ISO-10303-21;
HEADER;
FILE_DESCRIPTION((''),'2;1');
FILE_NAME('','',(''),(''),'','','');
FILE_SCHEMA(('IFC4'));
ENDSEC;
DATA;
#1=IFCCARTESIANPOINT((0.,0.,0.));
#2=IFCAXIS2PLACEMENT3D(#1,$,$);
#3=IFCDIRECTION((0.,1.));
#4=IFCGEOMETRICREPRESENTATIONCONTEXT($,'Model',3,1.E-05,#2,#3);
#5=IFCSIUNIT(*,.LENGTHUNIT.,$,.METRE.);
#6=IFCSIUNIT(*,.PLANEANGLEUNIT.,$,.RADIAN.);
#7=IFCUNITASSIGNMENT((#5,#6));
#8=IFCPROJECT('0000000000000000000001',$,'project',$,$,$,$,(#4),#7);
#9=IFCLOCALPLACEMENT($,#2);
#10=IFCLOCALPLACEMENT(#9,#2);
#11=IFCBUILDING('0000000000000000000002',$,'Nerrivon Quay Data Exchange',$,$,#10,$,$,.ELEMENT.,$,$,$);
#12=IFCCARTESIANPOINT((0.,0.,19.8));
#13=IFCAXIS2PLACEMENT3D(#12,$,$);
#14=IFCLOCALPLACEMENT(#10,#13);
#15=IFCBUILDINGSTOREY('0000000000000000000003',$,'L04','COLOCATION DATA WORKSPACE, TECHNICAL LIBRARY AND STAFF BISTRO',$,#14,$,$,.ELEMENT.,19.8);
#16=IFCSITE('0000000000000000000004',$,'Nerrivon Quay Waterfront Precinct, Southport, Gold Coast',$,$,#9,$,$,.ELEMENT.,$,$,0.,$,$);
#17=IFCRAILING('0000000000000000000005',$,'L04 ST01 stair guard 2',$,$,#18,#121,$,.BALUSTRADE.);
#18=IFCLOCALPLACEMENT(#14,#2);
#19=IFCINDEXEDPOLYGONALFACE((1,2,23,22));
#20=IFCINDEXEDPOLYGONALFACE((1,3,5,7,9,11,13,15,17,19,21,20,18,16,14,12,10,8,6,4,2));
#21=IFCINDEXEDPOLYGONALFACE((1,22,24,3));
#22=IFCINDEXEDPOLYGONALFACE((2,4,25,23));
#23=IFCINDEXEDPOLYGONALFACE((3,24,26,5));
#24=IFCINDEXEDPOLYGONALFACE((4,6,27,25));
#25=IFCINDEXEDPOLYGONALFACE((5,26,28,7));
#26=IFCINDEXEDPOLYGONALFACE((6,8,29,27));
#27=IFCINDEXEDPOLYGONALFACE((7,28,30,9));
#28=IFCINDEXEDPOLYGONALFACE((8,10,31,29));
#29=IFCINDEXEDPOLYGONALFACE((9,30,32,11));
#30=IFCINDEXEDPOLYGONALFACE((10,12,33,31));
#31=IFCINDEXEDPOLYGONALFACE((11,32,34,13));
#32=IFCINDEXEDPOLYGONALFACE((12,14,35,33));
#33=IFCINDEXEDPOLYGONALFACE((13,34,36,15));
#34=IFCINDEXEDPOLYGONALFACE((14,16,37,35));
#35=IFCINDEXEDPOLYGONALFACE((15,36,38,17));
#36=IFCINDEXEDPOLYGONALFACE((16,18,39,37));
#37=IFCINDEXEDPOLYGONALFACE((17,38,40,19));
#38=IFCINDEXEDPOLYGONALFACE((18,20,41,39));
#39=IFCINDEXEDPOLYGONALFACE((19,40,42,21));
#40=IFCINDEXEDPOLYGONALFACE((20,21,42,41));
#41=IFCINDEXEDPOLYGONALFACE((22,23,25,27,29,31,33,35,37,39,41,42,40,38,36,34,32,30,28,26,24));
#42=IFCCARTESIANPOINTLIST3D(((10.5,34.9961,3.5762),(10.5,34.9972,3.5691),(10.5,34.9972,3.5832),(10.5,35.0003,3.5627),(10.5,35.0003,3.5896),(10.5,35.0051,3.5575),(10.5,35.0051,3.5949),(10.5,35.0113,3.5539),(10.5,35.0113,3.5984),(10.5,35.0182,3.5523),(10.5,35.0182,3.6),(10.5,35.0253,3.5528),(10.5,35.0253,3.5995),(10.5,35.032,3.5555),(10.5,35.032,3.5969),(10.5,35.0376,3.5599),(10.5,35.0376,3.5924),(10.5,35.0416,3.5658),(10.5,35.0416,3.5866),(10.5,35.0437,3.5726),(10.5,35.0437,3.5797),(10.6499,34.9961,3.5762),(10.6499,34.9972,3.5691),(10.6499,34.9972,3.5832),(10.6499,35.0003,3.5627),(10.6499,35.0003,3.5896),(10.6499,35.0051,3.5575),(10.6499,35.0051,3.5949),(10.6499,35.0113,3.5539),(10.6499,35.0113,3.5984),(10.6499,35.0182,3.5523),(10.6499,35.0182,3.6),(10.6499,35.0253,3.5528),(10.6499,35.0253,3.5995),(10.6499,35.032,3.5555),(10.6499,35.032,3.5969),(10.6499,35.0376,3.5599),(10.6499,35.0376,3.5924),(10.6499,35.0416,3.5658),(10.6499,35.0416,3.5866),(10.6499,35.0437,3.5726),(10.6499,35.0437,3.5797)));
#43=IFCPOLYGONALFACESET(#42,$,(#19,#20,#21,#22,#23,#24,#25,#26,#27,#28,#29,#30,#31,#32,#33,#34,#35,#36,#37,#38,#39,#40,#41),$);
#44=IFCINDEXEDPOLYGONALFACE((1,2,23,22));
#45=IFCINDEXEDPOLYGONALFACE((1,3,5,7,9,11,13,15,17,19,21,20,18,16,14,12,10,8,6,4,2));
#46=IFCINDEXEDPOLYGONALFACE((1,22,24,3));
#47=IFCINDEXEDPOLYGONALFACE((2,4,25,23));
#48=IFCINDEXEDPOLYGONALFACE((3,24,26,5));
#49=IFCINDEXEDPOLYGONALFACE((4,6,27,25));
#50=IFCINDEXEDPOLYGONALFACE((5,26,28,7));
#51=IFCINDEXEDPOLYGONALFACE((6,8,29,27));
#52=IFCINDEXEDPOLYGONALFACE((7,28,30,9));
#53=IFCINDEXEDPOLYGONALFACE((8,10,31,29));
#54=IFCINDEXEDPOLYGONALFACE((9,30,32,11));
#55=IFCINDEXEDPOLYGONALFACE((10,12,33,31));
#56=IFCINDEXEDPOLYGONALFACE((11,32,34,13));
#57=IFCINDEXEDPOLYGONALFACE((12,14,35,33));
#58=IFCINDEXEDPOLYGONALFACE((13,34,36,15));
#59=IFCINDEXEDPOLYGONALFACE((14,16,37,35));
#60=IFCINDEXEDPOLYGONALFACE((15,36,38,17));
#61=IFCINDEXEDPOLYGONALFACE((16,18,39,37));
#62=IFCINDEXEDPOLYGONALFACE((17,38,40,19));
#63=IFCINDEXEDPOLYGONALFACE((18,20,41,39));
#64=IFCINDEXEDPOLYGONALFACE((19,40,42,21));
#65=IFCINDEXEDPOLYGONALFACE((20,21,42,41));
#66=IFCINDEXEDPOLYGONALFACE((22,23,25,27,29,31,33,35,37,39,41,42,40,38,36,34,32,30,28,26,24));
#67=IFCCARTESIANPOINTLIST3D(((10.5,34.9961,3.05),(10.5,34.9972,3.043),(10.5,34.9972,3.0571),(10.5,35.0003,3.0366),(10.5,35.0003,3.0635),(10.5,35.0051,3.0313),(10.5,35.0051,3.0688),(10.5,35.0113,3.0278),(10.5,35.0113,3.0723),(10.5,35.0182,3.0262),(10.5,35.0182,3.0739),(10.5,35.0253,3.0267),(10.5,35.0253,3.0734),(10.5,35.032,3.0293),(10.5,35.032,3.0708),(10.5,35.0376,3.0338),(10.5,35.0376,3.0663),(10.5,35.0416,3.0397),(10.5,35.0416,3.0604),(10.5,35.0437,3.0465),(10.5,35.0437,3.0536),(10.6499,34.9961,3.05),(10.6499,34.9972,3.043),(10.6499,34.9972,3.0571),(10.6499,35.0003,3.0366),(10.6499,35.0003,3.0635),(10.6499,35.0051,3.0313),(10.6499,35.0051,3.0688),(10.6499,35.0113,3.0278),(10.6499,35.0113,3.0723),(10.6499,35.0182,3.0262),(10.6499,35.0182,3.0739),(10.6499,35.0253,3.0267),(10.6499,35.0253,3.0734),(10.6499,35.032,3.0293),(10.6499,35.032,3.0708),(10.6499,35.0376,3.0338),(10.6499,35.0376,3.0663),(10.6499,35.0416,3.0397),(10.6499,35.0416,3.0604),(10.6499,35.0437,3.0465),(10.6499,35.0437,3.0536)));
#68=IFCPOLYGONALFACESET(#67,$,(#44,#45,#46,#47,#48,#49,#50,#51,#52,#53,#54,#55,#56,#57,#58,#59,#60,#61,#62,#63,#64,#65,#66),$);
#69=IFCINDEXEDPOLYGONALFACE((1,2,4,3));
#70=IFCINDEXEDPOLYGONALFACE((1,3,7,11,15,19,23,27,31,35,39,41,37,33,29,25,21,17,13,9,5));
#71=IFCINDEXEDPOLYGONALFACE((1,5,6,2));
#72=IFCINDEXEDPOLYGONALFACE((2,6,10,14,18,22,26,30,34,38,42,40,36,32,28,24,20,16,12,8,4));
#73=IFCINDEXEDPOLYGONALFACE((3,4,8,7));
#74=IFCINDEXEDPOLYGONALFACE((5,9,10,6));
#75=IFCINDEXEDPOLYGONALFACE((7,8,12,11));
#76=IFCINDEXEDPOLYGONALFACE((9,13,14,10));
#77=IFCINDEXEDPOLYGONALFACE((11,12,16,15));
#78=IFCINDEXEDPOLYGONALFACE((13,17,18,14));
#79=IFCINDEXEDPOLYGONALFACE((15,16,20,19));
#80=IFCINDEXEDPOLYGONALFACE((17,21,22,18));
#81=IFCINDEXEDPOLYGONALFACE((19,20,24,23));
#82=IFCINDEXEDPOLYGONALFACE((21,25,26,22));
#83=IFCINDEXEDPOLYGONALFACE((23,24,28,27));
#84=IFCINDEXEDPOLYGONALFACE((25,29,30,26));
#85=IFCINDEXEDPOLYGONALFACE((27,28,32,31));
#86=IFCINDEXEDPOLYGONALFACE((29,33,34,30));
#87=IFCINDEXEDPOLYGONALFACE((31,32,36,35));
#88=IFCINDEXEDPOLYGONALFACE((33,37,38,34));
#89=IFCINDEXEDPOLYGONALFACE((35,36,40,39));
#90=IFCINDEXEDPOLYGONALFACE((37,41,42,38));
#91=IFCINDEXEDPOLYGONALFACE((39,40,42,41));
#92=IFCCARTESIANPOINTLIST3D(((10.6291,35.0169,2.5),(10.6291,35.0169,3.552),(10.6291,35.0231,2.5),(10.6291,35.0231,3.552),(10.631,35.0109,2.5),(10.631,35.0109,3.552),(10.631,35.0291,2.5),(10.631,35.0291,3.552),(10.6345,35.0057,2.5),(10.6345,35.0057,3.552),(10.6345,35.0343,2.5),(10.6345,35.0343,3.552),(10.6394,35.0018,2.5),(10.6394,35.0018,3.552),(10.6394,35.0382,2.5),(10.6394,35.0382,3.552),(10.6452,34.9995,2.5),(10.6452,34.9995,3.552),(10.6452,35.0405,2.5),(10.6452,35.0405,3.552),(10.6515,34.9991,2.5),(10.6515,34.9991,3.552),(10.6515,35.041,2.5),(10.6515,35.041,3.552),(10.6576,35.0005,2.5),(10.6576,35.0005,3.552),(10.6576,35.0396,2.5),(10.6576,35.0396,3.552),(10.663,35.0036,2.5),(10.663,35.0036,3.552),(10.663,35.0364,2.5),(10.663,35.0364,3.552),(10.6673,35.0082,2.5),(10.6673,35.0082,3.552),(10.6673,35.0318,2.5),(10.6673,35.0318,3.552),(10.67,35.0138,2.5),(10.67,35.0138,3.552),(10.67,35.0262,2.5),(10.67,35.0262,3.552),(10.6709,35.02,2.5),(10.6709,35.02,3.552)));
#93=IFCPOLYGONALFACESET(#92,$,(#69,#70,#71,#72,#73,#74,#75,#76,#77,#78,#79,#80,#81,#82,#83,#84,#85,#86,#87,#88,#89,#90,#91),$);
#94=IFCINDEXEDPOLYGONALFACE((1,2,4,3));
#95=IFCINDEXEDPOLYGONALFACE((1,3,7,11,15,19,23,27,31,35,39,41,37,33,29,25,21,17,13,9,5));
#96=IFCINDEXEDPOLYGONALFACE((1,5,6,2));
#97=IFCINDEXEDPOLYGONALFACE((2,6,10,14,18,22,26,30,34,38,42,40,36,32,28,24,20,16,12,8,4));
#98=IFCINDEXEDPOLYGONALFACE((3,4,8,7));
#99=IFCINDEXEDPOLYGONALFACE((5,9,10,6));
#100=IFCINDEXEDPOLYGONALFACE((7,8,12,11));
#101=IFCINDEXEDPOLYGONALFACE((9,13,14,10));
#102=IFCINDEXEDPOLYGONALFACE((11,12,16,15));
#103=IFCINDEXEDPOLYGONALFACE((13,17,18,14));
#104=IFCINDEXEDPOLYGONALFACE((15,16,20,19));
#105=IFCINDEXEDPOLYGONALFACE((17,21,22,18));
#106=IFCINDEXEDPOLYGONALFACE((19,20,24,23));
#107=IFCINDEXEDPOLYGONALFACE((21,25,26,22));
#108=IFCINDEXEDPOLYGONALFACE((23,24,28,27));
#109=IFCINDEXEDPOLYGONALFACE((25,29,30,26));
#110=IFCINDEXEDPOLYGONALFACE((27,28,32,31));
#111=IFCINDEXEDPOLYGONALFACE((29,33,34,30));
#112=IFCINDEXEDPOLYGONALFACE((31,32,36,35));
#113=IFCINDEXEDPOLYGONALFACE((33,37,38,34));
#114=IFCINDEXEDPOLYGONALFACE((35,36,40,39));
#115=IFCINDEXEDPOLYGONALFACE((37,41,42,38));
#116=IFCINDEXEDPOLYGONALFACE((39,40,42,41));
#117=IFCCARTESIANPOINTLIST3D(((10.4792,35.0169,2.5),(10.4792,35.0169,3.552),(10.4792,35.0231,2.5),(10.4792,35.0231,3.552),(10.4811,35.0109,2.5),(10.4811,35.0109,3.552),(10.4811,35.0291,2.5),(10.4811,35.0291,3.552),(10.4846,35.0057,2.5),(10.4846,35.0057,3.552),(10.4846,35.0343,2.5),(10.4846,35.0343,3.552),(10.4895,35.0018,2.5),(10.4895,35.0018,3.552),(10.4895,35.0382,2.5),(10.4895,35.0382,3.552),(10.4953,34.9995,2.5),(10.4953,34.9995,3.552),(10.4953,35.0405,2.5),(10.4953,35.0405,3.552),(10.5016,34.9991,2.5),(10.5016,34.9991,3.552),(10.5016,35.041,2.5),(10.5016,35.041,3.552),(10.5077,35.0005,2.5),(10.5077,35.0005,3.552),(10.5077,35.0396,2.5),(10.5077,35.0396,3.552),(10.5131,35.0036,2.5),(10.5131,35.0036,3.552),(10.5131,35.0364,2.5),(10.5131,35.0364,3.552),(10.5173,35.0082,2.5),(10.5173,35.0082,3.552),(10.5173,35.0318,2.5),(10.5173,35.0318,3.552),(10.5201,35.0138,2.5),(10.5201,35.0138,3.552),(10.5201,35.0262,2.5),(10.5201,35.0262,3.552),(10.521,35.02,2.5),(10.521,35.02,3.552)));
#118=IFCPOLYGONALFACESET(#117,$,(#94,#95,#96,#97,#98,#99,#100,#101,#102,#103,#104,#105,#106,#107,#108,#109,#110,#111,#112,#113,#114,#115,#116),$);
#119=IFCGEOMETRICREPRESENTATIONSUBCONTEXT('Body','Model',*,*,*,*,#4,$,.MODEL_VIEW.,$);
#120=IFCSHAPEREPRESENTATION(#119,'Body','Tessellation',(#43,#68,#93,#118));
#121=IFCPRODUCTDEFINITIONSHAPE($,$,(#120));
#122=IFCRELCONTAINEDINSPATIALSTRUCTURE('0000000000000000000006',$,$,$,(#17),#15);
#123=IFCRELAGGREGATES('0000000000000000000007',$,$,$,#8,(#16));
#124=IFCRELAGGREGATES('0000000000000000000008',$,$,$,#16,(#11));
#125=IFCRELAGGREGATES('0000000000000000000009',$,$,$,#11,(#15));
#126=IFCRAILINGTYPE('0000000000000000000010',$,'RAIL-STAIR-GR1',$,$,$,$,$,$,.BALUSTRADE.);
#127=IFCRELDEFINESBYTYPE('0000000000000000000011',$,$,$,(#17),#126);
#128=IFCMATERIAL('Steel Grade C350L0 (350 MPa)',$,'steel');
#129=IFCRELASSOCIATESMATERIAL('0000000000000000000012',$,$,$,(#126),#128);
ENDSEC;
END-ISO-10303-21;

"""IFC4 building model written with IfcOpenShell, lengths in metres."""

from ifc_helpers import new_model, si_unit, direction, frame, origin, origin_2d, place, context, subcontext, project, spatial, circle, extrude, material, type_object, element, save


model = new_model("IFC4")

# Units and contexts
model_context = context("Model", 3, precision=1e-05, world=origin(), true_north=direction((0.0, 1.0)))
body_context = subcontext(model_context, "Body", "Model", "MODEL_VIEW")
ifc_project = project(units=[si_unit("LENGTHUNIT", "METRE"), si_unit("PLANEANGLEUNIT", "RADIAN")], contexts=[model_context])

# Site, building, storey
site_placement = place(None, origin())
site = spatial("IfcSite", under=ifc_project, at=site_placement, Name="Nerrivon Quay Waterfront Precinct, Southport, Gold Coast", CompositionType="ELEMENT", RefElevation=0.0)
building_placement = place(site_placement, origin())
building = spatial("IfcBuilding", under=site, at=building_placement, Name="Nerrivon Quay Data Exchange", CompositionType="ELEMENT")
storey_placement = place(building_placement, frame((0.0, 0.0, 19.8)))
storey = spatial("IfcBuildingStorey", under=building, at=storey_placement, Name="L04", Description="COLOCATION DATA WORKSPACE, TECHNICAL LIBRARY AND STAFF BISTRO", CompositionType="ELEMENT", Elevation=19.8)

# Railing
ifc_material_1 = material(Name="Steel Grade C350L0 (350 MPa)", Category="steel")
railing_type_1 = type_object("IfcRailingType", Name="RAIL-STAIR-GR1", PredefinedType="BALUSTRADE", material=ifc_material_1)
railing_1_placement = place(storey_placement, frame((10.6499, 35.02, 2.5)))
element("IfcRailing", 1, at=railing_1_placement, inside=storey, type_object=railing_type_1, Name="L04 ST01 stair guard 2", PredefinedType="BALUSTRADE", context=body_context, shape_type="SweptSolid", body=[
    extrude(circle(Radius=0.0239, at=origin_2d()), frame((0.0, 0.0, 1.0762), z_axis=(-1.0, 0.0, 0.0), x_axis=(0.0, -1.0, 0.0)), (0.0, 0.0, 1.0), 0.1499),
    extrude(circle(Radius=0.0239, at=origin_2d()), frame((0.0, 0.0, 0.55), z_axis=(-1.0, 0.0, 0.0), x_axis=(0.0, -1.0, 0.0)), (0.0, 0.0, 1.0), 0.1499),
    extrude(circle(Radius=0.021, at=origin_2d()), origin(), (0.0, 0.0, 1.0), 1.052),
    extrude(circle(Radius=0.021, at=origin_2d()), frame((-0.1499, 0.0, 0.0)), (0.0, 0.0, 1.0), 1.052),
])

save(model, "model.ifc")
